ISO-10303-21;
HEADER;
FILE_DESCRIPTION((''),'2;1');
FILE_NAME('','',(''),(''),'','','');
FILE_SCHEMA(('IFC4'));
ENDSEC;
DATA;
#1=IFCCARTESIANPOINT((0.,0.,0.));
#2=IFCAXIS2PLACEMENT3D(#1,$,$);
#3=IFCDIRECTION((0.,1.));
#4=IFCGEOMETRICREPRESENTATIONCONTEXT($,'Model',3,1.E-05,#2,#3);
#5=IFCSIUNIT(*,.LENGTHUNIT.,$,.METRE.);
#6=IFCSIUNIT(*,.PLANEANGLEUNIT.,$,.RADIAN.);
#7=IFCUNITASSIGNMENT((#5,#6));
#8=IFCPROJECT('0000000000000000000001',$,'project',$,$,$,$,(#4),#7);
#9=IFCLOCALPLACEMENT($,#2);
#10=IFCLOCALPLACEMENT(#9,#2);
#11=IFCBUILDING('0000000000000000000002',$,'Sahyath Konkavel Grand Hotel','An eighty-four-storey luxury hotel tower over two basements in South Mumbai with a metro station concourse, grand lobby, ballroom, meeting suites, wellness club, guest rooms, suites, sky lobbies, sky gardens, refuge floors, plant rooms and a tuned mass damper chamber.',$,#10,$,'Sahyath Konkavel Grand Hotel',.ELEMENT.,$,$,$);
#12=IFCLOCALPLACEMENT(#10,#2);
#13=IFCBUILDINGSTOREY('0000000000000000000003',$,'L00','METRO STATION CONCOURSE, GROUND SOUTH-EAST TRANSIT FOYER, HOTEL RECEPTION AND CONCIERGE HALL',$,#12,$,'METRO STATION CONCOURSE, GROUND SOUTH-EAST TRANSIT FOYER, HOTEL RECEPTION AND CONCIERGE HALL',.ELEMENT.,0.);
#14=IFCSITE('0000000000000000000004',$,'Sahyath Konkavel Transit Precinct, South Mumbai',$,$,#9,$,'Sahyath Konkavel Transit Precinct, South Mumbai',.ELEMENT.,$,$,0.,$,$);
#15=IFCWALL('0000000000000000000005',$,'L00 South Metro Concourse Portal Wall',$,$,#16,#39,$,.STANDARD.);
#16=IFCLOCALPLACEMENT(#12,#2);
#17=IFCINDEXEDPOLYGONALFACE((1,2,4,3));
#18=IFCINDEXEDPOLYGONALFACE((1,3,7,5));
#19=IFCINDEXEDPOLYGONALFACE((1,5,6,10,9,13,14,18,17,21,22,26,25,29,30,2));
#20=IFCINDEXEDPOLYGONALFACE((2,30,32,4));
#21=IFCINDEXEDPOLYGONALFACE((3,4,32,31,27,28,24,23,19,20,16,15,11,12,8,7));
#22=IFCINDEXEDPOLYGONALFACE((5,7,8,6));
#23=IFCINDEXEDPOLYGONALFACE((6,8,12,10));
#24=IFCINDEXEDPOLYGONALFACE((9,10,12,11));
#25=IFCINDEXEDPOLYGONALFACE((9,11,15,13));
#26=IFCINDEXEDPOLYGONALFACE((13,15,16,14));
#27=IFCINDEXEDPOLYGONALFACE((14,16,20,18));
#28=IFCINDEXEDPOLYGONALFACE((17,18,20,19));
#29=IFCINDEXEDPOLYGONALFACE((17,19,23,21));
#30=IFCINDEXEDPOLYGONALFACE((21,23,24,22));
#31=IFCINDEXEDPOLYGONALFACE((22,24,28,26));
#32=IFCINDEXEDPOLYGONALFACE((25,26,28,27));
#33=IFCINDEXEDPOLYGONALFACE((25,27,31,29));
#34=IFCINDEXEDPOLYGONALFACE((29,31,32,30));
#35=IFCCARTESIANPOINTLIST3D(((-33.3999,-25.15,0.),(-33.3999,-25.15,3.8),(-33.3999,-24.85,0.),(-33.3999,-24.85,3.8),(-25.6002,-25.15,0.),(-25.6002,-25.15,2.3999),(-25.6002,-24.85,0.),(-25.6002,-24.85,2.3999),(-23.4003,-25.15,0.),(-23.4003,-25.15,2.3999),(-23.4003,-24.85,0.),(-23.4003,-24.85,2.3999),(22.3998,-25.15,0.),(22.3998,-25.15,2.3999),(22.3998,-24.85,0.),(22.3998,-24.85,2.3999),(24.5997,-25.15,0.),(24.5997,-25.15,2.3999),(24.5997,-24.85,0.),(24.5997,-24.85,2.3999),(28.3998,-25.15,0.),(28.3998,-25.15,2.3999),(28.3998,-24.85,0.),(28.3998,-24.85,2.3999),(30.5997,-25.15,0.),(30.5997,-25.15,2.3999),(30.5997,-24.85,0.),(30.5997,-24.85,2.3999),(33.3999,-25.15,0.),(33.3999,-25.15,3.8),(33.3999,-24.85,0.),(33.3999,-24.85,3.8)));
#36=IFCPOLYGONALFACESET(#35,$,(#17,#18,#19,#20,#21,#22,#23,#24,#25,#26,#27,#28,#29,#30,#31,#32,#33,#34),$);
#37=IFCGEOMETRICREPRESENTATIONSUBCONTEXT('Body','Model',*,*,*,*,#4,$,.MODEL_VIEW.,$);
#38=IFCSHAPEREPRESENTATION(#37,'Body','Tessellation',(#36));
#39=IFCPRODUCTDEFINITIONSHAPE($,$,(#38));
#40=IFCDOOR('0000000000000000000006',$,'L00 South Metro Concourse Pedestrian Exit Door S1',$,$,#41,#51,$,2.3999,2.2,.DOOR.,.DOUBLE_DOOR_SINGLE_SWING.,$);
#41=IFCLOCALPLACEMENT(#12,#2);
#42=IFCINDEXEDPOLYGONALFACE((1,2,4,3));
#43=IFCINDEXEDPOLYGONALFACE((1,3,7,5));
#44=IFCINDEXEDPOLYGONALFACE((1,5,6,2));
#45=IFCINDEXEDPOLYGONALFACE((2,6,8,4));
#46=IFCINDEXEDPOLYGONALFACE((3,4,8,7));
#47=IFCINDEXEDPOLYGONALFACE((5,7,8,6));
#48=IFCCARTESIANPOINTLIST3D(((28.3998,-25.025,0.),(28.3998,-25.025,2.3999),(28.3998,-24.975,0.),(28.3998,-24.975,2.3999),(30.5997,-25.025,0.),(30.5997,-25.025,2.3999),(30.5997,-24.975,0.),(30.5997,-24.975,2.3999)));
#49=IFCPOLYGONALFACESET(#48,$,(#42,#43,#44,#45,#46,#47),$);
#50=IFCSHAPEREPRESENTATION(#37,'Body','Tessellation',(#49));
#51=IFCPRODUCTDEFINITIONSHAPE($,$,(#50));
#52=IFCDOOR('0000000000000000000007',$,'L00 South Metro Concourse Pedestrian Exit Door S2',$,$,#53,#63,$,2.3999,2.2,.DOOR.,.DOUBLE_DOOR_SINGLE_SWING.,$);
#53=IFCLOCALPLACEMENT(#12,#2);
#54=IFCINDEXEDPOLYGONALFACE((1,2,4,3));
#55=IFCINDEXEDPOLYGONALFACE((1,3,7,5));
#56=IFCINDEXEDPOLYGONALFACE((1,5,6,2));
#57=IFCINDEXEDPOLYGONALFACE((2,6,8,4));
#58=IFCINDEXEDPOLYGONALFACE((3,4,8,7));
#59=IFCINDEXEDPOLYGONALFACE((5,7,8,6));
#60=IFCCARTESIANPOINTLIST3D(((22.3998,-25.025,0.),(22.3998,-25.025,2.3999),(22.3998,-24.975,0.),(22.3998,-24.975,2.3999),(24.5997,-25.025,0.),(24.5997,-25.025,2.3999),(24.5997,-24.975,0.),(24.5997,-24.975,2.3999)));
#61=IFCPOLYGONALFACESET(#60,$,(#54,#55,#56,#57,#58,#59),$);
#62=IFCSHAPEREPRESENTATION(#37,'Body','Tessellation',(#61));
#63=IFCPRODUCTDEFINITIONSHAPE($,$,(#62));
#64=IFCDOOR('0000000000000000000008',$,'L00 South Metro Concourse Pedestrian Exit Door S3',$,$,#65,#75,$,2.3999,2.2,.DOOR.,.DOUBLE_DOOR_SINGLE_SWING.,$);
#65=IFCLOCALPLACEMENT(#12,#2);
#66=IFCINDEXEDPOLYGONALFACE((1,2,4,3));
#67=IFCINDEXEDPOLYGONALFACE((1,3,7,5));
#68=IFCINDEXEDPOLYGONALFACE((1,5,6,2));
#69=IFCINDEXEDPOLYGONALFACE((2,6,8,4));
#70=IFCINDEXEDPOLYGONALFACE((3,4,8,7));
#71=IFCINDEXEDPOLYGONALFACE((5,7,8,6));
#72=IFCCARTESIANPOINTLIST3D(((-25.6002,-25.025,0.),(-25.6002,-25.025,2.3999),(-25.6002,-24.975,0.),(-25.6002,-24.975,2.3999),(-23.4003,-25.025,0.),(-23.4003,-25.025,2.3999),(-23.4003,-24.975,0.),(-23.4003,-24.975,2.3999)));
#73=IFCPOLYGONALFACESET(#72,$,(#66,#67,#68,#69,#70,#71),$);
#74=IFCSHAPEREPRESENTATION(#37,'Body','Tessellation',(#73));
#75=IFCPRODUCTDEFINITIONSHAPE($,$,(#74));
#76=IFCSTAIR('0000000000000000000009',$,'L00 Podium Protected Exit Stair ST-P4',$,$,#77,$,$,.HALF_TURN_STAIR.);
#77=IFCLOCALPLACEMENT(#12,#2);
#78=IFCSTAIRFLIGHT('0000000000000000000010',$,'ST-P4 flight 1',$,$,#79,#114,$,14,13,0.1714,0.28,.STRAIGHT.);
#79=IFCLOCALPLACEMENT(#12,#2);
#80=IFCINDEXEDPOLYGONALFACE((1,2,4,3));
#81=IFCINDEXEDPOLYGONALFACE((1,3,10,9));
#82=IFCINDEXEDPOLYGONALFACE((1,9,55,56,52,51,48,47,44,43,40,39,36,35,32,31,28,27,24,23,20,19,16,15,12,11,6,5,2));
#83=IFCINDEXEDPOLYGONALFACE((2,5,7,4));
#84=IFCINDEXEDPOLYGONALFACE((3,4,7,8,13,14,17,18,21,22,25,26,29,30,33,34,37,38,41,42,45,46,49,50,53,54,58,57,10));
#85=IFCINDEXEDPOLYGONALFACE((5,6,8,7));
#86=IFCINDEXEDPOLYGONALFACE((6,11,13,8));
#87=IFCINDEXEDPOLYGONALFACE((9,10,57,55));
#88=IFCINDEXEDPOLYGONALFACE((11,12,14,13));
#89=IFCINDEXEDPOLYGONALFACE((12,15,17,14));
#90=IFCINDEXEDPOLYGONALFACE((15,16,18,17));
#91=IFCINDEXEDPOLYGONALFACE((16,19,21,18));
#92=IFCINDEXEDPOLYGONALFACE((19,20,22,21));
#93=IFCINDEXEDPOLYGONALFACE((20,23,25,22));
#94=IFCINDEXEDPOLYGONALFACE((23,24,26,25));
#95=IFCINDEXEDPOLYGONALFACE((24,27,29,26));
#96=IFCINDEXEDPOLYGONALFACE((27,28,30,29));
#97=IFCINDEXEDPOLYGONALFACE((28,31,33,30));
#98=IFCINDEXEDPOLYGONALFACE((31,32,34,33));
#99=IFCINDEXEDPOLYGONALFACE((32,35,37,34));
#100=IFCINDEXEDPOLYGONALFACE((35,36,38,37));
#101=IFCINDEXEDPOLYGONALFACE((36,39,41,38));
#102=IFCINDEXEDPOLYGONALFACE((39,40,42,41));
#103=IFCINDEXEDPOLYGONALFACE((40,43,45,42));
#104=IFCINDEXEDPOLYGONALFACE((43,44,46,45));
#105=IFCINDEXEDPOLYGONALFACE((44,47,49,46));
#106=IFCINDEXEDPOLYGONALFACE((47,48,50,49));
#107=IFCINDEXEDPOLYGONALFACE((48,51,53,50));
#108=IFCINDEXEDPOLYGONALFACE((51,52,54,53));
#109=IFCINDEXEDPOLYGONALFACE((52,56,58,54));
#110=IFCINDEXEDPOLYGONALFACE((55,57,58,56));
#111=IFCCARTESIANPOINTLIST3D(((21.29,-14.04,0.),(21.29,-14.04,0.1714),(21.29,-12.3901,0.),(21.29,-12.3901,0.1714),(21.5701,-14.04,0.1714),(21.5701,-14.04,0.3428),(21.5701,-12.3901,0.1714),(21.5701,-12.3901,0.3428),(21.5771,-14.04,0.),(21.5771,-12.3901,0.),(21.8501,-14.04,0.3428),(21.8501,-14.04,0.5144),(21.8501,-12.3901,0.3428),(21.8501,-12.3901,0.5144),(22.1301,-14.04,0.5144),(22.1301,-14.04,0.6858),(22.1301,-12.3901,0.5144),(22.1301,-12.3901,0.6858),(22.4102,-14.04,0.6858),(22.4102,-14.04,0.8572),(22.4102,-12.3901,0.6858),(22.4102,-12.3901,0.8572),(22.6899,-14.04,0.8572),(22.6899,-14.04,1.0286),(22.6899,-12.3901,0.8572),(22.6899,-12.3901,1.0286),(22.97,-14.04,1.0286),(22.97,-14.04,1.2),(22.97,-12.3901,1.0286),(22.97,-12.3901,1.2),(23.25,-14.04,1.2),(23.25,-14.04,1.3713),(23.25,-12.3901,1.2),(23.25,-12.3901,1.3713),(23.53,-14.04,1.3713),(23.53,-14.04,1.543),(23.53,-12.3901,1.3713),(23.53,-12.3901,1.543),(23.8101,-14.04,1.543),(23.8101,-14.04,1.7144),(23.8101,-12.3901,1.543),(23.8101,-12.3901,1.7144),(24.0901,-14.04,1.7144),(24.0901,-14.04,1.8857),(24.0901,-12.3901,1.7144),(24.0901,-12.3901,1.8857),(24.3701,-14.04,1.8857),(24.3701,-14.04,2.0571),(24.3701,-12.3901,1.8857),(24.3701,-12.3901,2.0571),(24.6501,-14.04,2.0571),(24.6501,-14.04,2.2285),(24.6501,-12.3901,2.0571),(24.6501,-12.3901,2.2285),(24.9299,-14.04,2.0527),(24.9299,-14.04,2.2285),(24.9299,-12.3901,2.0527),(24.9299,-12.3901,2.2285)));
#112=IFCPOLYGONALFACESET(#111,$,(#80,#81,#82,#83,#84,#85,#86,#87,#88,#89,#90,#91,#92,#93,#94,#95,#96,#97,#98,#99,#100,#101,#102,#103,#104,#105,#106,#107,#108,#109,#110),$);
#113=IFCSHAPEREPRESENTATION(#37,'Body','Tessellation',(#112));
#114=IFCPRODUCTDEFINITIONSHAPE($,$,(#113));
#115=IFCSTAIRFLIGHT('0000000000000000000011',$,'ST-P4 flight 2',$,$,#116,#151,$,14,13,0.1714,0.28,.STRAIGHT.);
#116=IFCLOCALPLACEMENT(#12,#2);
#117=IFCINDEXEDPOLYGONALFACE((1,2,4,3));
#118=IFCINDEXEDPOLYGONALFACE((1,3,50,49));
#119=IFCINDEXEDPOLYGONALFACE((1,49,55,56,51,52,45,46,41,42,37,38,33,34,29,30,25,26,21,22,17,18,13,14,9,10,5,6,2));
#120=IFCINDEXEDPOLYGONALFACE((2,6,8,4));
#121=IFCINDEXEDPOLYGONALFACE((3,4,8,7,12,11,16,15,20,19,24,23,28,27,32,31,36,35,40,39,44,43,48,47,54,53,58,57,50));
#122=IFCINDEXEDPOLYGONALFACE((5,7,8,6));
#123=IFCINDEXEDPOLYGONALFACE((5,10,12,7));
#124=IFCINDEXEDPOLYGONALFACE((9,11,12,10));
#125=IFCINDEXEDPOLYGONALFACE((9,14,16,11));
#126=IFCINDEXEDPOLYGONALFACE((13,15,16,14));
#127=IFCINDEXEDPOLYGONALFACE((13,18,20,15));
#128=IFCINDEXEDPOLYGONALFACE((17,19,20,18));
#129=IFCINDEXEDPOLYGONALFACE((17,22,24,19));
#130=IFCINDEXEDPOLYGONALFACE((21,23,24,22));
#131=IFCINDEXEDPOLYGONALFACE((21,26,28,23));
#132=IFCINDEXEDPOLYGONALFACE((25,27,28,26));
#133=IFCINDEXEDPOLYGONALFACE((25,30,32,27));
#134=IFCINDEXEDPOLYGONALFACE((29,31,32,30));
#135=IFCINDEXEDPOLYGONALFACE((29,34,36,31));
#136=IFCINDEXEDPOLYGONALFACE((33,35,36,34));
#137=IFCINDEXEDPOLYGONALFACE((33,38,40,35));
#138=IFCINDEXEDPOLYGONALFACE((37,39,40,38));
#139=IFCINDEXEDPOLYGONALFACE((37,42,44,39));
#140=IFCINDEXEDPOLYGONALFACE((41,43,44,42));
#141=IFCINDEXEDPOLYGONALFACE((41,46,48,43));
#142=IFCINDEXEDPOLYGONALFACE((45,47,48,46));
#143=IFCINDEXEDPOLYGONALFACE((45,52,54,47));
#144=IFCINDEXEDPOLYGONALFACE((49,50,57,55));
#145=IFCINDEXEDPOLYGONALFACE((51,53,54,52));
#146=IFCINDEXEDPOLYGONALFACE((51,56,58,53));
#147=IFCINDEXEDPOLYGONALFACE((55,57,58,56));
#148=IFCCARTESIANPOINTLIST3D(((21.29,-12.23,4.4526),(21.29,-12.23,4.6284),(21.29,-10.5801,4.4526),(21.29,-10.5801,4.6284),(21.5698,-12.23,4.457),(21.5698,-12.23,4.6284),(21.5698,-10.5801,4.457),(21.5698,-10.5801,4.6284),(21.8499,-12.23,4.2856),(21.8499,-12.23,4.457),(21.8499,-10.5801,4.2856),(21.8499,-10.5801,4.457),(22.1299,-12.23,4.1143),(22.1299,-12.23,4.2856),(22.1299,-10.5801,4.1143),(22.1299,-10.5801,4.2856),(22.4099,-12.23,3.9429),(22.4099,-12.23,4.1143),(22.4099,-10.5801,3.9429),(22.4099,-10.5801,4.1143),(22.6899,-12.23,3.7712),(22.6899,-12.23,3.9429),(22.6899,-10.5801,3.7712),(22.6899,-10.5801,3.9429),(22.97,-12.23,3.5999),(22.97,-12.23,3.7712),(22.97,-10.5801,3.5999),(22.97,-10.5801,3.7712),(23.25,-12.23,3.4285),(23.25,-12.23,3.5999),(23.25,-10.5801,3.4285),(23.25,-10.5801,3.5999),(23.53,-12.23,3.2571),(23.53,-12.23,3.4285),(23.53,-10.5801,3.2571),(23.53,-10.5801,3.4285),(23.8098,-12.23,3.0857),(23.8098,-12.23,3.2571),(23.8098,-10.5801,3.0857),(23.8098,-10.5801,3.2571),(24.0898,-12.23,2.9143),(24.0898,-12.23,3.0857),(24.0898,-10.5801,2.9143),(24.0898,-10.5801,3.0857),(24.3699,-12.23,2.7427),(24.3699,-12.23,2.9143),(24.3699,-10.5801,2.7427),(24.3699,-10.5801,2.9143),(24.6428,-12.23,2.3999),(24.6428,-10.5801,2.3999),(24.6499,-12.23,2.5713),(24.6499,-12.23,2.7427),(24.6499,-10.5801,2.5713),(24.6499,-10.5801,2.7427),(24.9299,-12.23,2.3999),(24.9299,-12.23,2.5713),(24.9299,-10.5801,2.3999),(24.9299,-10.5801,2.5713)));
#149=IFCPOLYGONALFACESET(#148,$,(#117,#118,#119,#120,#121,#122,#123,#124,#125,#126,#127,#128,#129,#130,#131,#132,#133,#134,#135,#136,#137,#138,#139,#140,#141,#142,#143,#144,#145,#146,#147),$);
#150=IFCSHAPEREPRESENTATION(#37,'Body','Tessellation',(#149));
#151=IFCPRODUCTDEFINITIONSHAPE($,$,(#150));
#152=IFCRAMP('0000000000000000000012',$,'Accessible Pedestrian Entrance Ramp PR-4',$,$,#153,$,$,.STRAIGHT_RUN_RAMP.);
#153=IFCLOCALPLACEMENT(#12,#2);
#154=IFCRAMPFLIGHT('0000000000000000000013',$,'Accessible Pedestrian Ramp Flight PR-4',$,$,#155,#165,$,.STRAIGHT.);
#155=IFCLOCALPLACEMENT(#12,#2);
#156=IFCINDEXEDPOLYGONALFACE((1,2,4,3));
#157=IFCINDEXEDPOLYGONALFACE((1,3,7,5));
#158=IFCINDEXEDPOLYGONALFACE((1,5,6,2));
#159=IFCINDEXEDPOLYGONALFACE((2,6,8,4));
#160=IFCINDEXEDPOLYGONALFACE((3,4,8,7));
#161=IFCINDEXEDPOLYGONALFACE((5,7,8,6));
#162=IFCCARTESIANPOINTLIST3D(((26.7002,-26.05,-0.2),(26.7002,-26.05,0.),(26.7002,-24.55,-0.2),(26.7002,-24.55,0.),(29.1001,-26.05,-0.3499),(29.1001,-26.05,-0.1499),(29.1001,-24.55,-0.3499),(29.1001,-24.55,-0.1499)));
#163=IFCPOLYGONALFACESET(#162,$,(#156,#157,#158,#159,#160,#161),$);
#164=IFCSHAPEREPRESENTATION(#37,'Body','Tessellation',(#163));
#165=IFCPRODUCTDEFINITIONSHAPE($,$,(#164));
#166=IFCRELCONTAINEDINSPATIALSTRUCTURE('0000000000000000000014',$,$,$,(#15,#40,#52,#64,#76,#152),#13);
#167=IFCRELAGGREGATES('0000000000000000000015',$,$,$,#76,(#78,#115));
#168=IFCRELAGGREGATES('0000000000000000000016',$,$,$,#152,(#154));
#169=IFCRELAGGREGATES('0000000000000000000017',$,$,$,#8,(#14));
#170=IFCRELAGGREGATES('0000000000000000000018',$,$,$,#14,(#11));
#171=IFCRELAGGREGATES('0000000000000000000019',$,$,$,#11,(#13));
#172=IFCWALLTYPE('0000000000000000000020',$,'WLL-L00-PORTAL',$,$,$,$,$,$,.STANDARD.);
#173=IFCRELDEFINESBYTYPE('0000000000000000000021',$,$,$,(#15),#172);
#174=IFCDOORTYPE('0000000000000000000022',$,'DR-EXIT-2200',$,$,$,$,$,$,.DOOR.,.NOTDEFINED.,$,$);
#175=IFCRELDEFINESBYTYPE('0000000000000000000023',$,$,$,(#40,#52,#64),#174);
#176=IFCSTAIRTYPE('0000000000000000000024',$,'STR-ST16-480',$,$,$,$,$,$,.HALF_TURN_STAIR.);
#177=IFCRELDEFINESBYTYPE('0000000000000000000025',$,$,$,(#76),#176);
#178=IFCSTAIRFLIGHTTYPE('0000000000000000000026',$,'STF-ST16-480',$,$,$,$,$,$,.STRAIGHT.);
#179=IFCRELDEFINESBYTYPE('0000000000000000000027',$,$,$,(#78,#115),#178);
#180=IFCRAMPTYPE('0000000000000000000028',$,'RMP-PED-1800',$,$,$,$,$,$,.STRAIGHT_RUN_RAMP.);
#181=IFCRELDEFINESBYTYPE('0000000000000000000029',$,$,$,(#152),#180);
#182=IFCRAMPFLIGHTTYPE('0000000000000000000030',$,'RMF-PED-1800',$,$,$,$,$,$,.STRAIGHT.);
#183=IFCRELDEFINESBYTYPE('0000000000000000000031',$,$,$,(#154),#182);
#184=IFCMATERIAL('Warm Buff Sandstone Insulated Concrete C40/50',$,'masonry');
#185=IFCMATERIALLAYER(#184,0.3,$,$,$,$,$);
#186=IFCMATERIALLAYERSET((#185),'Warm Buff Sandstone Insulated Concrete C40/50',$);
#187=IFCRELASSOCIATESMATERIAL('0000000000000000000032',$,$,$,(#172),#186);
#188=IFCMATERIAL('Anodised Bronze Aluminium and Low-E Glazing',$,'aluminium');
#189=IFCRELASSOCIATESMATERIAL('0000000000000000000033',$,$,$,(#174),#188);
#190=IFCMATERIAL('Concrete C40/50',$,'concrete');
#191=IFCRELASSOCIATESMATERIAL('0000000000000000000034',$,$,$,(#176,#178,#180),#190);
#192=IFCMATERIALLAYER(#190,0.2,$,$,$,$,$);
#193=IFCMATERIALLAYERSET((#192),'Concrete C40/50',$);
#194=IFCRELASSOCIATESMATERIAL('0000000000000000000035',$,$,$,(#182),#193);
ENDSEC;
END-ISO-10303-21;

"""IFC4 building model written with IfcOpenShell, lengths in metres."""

from ifc_helpers import new_model, si_unit, direction, frame, frame_2d, origin, origin_2d, place, context, subcontext, project, spatial, polyline, rectangle, outline, extrude, source, transform, mapped, material, layer, layer_set, type_object, element, fill, aggregate, save


model = new_model("IFC4")

# Units and contexts
model_context = context("Model", 3, precision=1e-05, world=origin(), true_north=direction((0.0, 1.0)))
body_context = subcontext(model_context, "Body", "Model", "MODEL_VIEW")
ifc_project = project(units=[si_unit("LENGTHUNIT", "METRE"), si_unit("PLANEANGLEUNIT", "RADIAN")], contexts=[model_context])

# Site, building, storey
site_placement = place(None, origin())
site = spatial("IfcSite", under=ifc_project, at=site_placement, Name="Sahyath Konkavel Transit Precinct, South Mumbai", LongName="Sahyath Konkavel Transit Precinct, South Mumbai", CompositionType="ELEMENT", RefElevation=0.0)
building_placement = place(site_placement, origin())
building = spatial("IfcBuilding", under=site, at=building_placement, Name="Sahyath Konkavel Grand Hotel", Description="An eighty-four-storey luxury hotel tower over two basements in South Mumbai with a metro station concourse, grand lobby, ballroom, meeting suites, wellness club, guest rooms, suites, sky lobbies, sky gardens, refuge floors, plant rooms and a tuned mass damper chamber.", LongName="Sahyath Konkavel Grand Hotel", CompositionType="ELEMENT")
storey_placement = place(building_placement, origin())
storey = spatial("IfcBuildingStorey", under=building, at=storey_placement, Name="L00", Description="METRO STATION CONCOURSE, GROUND SOUTH-EAST TRANSIT FOYER, HOTEL RECEPTION AND CONCIERGE HALL", LongName="METRO STATION CONCOURSE, GROUND SOUTH-EAST TRANSIT FOYER, HOTEL RECEPTION AND CONCIERGE HALL", CompositionType="ELEMENT", Elevation=0.0)

# Shared definitions
ifc_material_1 = material(Name="Concrete C40/50", Category="concrete")

# Wall, openings, doors
ifc_material_2 = material(Name="Warm Buff Sandstone Insulated Concrete C40/50", Category="masonry")
ifc_layer_1 = layer(ifc_material_2, 0.3)
ifc_layer_set_1 = layer_set([ifc_layer_1], Name="Warm Buff Sandstone Insulated Concrete C40/50")
wall_type_1 = type_object("IfcWallType", Name="WLL-L00-PORTAL", PredefinedType="STANDARD", material=ifc_layer_set_1)
wall_1_placement = place(storey_placement, frame((33.3999, -25.0, 0.0), z_axis=(0.0, 0.0, 1.0), x_axis=(-1.0, 0.0, 0.0)))
wall_1 = element("IfcWall", 1, at=wall_1_placement, inside=storey, type_object=wall_type_1, Name="L00 South Metro Concourse Portal Wall", PredefinedType="STANDARD", context=body_context, shape_type="SweptSolid", body=[
    extrude(rectangle(XDim=66.7998, YDim=0.3, at=frame_2d((33.3999, 0.0))), origin(), (0.0, 0.0, 1.0), 3.8),
])
opening_1_placement = place(wall_1_placement, frame((2.8, 0.0, 0.0)))
opening_1 = element("IfcOpeningElement", 2, at=opening_1_placement, cuts=wall_1, PredefinedType="OPENING", context=body_context, shape_type="SweptSolid", body=[
    extrude(rectangle(XDim=2.2, YDim=2.3999, at=frame_2d((1.1001, 1.2))), frame((0.0, 0.1602, 0.0), z_axis=(0.0, -1.0, 0.0), x_axis=(1.0, 0.0, 0.0)), (0.0, 0.0, 1.0), 0.3201),
])
opening_2_placement = place(wall_1_placement, frame((8.8, 0.0, 0.0)))
opening_2 = element("IfcOpeningElement", 3, at=opening_2_placement, cuts=wall_1, PredefinedType="OPENING", context=body_context, shape_type="SweptSolid", body=[
    extrude(rectangle(XDim=2.2, YDim=2.3999, at=frame_2d((1.1001, 1.2))), frame((0.0, 0.1602, 0.0), z_axis=(0.0, -1.0, 0.0), x_axis=(1.0, 0.0, 0.0)), (0.0, 0.0, 1.0), 0.3201),
])
opening_3_placement = place(wall_1_placement, frame((56.8, 0.0, 0.0)))
opening_3 = element("IfcOpeningElement", 4, at=opening_3_placement, cuts=wall_1, PredefinedType="OPENING", context=body_context, shape_type="SweptSolid", body=[
    extrude(rectangle(XDim=2.2, YDim=2.3999, at=frame_2d((1.1001, 1.2))), frame((0.0, 0.1602, 0.0), z_axis=(0.0, -1.0, 0.0), x_axis=(1.0, 0.0, 0.0)), (0.0, 0.0, 1.0), 0.3201),
])
ifc_material_3 = material(Name="Anodised Bronze Aluminium and Low-E Glazing", Category="aluminium")
door_type = type_object("IfcDoorType", Name="DR-EXIT-2200", OperationType="NOTDEFINED", PredefinedType="DOOR", material=ifc_material_3)
shared_shape_1 = source(origin(), body_context, "Body", "SweptSolid", [
    extrude(rectangle(XDim=2.2, YDim=0.05, at=origin_2d()), origin(), (0.0, 0.0, 1.0), 2.3999),
])
door_1_placement = place(opening_1_placement, frame((1.1001, 0.0, 0.0)))
door_1 = element("IfcDoor", 5, at=door_1_placement, inside=storey, type_object=door_type, Name="L00 South Metro Concourse Pedestrian Exit Door S1", OperationType="DOUBLE_DOOR_SINGLE_SWING", OverallHeight=2.3999, OverallWidth=2.2, PredefinedType="DOOR", context=body_context, shape_type="MappedRepresentation", body=[
    mapped(shared_shape_1, transform((0.0, 0.0, 0.0), scale=1.0)),
])
fill(opening_1, door_1)
door_2_placement = place(opening_2_placement, frame((1.1001, 0.0, 0.0)))
door_2 = element("IfcDoor", 6, at=door_2_placement, inside=storey, type_object=door_type, Name="L00 South Metro Concourse Pedestrian Exit Door S2", OperationType="DOUBLE_DOOR_SINGLE_SWING", OverallHeight=2.3999, OverallWidth=2.2, PredefinedType="DOOR", context=body_context, shape_type="MappedRepresentation", body=[
    mapped(shared_shape_1, transform((0.0, 0.0, 0.0), scale=1.0)),
])
fill(opening_2, door_2)
door_3_placement = place(opening_3_placement, frame((1.1001, 0.0, 0.0)))
door_3 = element("IfcDoor", 7, at=door_3_placement, inside=storey, type_object=door_type, Name="L00 South Metro Concourse Pedestrian Exit Door S3", OperationType="DOUBLE_DOOR_SINGLE_SWING", OverallHeight=2.3999, OverallWidth=2.2, PredefinedType="DOOR", context=body_context, shape_type="MappedRepresentation", body=[
    mapped(shared_shape_1, transform((0.0, 0.0, 0.0), scale=1.0)),
])
fill(opening_3, door_3)

# Stair, stair flights
stair_type = type_object("IfcStairType", Name="STR-ST16-480", PredefinedType="HALF_TURN_STAIR", material=ifc_material_1)
stair_placement = place(storey_placement, origin())
stair = element("IfcStair", 8, at=stair_placement, inside=storey, type_object=stair_type, Name="L00 Podium Protected Exit Stair ST-P4", PredefinedType="HALF_TURN_STAIR")
stair_flight_type = type_object("IfcStairFlightType", Name="STF-ST16-480", PredefinedType="STRAIGHT", material=ifc_material_1)
stair_flight_1_placement = place(storey_placement, frame((21.29, -13.2151, 0.0), z_axis=(0.0, 0.0, 1.0), x_axis=(1.0, 0.0, 0.0)))
stair_flight_1 = element("IfcStairFlight", 9, at=stair_flight_1_placement, type_object=stair_flight_type, Name="ST-P4 flight 1", NumberOfRisers=14, NumberOfTreads=13, PredefinedType="STRAIGHT", RiserHeight=0.1714, TreadLength=0.28, context=body_context, shape_type="SweptSolid", body=[
    extrude(outline(polyline([(0.0, 0.0), (0.0, 0.1714), (0.28, 0.1714), (0.28, 0.3428), (0.5601, 0.3428), (0.5601, 0.5144), (0.8401, 0.5144), (0.8401, 0.6858), (1.1201, 0.6858), (1.1201, 0.8572), (1.3999, 0.8572), (1.3999, 1.0286), (1.6799, 1.0286), (1.6799, 1.2), (1.96, 1.2), (1.96, 1.3713), (2.24, 1.3713), (2.24, 1.543), (2.52, 1.543), (2.52, 1.7144), (2.8, 1.7144), (2.8, 1.8857), (3.0801, 1.8857), (3.0801, 2.0571), (3.3601, 2.0571), (3.3601, 2.2285), (3.6399, 2.2285), (3.6399, 2.3999), (3.6399, 2.0527), (0.2871, 0.0), (0.0, 0.0)])), frame((0.0, 0.825, 0.0), z_axis=(0.0, -1.0, 0.0), x_axis=(1.0, 0.0, 0.0)), (0.0, 0.0, 1.0), 1.6499),
])
stair_flight_2_placement = place(storey_placement, frame((24.9299, -11.405, 2.3999), z_axis=(0.0, 0.0, 1.0), x_axis=(-1.0, 0.0, 0.0)))
stair_flight_2 = element("IfcStairFlight", 10, at=stair_flight_2_placement, type_object=stair_flight_type, Name="ST-P4 flight 2", NumberOfRisers=14, NumberOfTreads=13, PredefinedType="STRAIGHT", RiserHeight=0.1714, TreadLength=0.28, context=body_context, shape_type="SweptSolid", body=[
    extrude(outline(polyline([(0.0, 0.0), (0.0, 0.1714), (0.28, 0.1714), (0.28, 0.3428), (0.5601, 0.3428), (0.5601, 0.5144), (0.8401, 0.5144), (0.8401, 0.6858), (1.1201, 0.6858), (1.1201, 0.8572), (1.3999, 0.8572), (1.3999, 1.0286), (1.6799, 1.0286), (1.6799, 1.2), (1.96, 1.2), (1.96, 1.3713), (2.24, 1.3713), (2.24, 1.543), (2.52, 1.543), (2.52, 1.7144), (2.8, 1.7144), (2.8, 1.8857), (3.0801, 1.8857), (3.0801, 2.0571), (3.3601, 2.0571), (3.3601, 2.2285), (3.6399, 2.2285), (3.6399, 2.3999), (3.6399, 2.0527), (0.2871, 0.0), (0.0, 0.0)])), frame((0.0, 0.825, 0.0), z_axis=(0.0, -1.0, 0.0), x_axis=(1.0, 0.0, 0.0)), (0.0, 0.0, 1.0), 1.6499),
])
aggregate(stair, [stair_flight_1, stair_flight_2])

# Ramp, ramp flight
ramp_type = type_object("IfcRampType", Name="RMP-PED-1800", PredefinedType="STRAIGHT_RUN_RAMP", material=ifc_material_1)
ramp_placement = place(storey_placement, origin())
ramp = element("IfcRamp", 11, at=ramp_placement, inside=storey, type_object=ramp_type, Name="Accessible Pedestrian Entrance Ramp PR-4", PredefinedType="STRAIGHT_RUN_RAMP")
ifc_layer_2 = layer(ifc_material_1, 0.2)
ifc_layer_set_2 = layer_set([ifc_layer_2], Name="Concrete C40/50")
ramp_flight_type = type_object("IfcRampFlightType", Name="RMF-PED-1800", PredefinedType="STRAIGHT", material=ifc_layer_set_2)
ramp_flight_placement = place(storey_placement, frame((29.1001, -25.3, -0.1499), z_axis=(0.0, 0.0, 1.0), x_axis=(-1.0, 0.0, 0.0)))
ramp_flight = element("IfcRampFlight", 12, at=ramp_flight_placement, type_object=ramp_flight_type, Name="Accessible Pedestrian Ramp Flight PR-4", PredefinedType="STRAIGHT", context=body_context, shape_type="SweptSolid", body=[
    extrude(outline(polyline([(0.0, 0.0), (0.0, -0.2), (2.3999, -0.05), (2.3999, 0.1499), (0.0, 0.0)])), frame((0.0, 0.75, 0.0), z_axis=(0.0, -1.0, 0.0), x_axis=(1.0, 0.0, 0.0)), (0.0, 0.0, 1.0), 1.5),
])
aggregate(ramp, [ramp_flight])

save(model, "model.ifc")
